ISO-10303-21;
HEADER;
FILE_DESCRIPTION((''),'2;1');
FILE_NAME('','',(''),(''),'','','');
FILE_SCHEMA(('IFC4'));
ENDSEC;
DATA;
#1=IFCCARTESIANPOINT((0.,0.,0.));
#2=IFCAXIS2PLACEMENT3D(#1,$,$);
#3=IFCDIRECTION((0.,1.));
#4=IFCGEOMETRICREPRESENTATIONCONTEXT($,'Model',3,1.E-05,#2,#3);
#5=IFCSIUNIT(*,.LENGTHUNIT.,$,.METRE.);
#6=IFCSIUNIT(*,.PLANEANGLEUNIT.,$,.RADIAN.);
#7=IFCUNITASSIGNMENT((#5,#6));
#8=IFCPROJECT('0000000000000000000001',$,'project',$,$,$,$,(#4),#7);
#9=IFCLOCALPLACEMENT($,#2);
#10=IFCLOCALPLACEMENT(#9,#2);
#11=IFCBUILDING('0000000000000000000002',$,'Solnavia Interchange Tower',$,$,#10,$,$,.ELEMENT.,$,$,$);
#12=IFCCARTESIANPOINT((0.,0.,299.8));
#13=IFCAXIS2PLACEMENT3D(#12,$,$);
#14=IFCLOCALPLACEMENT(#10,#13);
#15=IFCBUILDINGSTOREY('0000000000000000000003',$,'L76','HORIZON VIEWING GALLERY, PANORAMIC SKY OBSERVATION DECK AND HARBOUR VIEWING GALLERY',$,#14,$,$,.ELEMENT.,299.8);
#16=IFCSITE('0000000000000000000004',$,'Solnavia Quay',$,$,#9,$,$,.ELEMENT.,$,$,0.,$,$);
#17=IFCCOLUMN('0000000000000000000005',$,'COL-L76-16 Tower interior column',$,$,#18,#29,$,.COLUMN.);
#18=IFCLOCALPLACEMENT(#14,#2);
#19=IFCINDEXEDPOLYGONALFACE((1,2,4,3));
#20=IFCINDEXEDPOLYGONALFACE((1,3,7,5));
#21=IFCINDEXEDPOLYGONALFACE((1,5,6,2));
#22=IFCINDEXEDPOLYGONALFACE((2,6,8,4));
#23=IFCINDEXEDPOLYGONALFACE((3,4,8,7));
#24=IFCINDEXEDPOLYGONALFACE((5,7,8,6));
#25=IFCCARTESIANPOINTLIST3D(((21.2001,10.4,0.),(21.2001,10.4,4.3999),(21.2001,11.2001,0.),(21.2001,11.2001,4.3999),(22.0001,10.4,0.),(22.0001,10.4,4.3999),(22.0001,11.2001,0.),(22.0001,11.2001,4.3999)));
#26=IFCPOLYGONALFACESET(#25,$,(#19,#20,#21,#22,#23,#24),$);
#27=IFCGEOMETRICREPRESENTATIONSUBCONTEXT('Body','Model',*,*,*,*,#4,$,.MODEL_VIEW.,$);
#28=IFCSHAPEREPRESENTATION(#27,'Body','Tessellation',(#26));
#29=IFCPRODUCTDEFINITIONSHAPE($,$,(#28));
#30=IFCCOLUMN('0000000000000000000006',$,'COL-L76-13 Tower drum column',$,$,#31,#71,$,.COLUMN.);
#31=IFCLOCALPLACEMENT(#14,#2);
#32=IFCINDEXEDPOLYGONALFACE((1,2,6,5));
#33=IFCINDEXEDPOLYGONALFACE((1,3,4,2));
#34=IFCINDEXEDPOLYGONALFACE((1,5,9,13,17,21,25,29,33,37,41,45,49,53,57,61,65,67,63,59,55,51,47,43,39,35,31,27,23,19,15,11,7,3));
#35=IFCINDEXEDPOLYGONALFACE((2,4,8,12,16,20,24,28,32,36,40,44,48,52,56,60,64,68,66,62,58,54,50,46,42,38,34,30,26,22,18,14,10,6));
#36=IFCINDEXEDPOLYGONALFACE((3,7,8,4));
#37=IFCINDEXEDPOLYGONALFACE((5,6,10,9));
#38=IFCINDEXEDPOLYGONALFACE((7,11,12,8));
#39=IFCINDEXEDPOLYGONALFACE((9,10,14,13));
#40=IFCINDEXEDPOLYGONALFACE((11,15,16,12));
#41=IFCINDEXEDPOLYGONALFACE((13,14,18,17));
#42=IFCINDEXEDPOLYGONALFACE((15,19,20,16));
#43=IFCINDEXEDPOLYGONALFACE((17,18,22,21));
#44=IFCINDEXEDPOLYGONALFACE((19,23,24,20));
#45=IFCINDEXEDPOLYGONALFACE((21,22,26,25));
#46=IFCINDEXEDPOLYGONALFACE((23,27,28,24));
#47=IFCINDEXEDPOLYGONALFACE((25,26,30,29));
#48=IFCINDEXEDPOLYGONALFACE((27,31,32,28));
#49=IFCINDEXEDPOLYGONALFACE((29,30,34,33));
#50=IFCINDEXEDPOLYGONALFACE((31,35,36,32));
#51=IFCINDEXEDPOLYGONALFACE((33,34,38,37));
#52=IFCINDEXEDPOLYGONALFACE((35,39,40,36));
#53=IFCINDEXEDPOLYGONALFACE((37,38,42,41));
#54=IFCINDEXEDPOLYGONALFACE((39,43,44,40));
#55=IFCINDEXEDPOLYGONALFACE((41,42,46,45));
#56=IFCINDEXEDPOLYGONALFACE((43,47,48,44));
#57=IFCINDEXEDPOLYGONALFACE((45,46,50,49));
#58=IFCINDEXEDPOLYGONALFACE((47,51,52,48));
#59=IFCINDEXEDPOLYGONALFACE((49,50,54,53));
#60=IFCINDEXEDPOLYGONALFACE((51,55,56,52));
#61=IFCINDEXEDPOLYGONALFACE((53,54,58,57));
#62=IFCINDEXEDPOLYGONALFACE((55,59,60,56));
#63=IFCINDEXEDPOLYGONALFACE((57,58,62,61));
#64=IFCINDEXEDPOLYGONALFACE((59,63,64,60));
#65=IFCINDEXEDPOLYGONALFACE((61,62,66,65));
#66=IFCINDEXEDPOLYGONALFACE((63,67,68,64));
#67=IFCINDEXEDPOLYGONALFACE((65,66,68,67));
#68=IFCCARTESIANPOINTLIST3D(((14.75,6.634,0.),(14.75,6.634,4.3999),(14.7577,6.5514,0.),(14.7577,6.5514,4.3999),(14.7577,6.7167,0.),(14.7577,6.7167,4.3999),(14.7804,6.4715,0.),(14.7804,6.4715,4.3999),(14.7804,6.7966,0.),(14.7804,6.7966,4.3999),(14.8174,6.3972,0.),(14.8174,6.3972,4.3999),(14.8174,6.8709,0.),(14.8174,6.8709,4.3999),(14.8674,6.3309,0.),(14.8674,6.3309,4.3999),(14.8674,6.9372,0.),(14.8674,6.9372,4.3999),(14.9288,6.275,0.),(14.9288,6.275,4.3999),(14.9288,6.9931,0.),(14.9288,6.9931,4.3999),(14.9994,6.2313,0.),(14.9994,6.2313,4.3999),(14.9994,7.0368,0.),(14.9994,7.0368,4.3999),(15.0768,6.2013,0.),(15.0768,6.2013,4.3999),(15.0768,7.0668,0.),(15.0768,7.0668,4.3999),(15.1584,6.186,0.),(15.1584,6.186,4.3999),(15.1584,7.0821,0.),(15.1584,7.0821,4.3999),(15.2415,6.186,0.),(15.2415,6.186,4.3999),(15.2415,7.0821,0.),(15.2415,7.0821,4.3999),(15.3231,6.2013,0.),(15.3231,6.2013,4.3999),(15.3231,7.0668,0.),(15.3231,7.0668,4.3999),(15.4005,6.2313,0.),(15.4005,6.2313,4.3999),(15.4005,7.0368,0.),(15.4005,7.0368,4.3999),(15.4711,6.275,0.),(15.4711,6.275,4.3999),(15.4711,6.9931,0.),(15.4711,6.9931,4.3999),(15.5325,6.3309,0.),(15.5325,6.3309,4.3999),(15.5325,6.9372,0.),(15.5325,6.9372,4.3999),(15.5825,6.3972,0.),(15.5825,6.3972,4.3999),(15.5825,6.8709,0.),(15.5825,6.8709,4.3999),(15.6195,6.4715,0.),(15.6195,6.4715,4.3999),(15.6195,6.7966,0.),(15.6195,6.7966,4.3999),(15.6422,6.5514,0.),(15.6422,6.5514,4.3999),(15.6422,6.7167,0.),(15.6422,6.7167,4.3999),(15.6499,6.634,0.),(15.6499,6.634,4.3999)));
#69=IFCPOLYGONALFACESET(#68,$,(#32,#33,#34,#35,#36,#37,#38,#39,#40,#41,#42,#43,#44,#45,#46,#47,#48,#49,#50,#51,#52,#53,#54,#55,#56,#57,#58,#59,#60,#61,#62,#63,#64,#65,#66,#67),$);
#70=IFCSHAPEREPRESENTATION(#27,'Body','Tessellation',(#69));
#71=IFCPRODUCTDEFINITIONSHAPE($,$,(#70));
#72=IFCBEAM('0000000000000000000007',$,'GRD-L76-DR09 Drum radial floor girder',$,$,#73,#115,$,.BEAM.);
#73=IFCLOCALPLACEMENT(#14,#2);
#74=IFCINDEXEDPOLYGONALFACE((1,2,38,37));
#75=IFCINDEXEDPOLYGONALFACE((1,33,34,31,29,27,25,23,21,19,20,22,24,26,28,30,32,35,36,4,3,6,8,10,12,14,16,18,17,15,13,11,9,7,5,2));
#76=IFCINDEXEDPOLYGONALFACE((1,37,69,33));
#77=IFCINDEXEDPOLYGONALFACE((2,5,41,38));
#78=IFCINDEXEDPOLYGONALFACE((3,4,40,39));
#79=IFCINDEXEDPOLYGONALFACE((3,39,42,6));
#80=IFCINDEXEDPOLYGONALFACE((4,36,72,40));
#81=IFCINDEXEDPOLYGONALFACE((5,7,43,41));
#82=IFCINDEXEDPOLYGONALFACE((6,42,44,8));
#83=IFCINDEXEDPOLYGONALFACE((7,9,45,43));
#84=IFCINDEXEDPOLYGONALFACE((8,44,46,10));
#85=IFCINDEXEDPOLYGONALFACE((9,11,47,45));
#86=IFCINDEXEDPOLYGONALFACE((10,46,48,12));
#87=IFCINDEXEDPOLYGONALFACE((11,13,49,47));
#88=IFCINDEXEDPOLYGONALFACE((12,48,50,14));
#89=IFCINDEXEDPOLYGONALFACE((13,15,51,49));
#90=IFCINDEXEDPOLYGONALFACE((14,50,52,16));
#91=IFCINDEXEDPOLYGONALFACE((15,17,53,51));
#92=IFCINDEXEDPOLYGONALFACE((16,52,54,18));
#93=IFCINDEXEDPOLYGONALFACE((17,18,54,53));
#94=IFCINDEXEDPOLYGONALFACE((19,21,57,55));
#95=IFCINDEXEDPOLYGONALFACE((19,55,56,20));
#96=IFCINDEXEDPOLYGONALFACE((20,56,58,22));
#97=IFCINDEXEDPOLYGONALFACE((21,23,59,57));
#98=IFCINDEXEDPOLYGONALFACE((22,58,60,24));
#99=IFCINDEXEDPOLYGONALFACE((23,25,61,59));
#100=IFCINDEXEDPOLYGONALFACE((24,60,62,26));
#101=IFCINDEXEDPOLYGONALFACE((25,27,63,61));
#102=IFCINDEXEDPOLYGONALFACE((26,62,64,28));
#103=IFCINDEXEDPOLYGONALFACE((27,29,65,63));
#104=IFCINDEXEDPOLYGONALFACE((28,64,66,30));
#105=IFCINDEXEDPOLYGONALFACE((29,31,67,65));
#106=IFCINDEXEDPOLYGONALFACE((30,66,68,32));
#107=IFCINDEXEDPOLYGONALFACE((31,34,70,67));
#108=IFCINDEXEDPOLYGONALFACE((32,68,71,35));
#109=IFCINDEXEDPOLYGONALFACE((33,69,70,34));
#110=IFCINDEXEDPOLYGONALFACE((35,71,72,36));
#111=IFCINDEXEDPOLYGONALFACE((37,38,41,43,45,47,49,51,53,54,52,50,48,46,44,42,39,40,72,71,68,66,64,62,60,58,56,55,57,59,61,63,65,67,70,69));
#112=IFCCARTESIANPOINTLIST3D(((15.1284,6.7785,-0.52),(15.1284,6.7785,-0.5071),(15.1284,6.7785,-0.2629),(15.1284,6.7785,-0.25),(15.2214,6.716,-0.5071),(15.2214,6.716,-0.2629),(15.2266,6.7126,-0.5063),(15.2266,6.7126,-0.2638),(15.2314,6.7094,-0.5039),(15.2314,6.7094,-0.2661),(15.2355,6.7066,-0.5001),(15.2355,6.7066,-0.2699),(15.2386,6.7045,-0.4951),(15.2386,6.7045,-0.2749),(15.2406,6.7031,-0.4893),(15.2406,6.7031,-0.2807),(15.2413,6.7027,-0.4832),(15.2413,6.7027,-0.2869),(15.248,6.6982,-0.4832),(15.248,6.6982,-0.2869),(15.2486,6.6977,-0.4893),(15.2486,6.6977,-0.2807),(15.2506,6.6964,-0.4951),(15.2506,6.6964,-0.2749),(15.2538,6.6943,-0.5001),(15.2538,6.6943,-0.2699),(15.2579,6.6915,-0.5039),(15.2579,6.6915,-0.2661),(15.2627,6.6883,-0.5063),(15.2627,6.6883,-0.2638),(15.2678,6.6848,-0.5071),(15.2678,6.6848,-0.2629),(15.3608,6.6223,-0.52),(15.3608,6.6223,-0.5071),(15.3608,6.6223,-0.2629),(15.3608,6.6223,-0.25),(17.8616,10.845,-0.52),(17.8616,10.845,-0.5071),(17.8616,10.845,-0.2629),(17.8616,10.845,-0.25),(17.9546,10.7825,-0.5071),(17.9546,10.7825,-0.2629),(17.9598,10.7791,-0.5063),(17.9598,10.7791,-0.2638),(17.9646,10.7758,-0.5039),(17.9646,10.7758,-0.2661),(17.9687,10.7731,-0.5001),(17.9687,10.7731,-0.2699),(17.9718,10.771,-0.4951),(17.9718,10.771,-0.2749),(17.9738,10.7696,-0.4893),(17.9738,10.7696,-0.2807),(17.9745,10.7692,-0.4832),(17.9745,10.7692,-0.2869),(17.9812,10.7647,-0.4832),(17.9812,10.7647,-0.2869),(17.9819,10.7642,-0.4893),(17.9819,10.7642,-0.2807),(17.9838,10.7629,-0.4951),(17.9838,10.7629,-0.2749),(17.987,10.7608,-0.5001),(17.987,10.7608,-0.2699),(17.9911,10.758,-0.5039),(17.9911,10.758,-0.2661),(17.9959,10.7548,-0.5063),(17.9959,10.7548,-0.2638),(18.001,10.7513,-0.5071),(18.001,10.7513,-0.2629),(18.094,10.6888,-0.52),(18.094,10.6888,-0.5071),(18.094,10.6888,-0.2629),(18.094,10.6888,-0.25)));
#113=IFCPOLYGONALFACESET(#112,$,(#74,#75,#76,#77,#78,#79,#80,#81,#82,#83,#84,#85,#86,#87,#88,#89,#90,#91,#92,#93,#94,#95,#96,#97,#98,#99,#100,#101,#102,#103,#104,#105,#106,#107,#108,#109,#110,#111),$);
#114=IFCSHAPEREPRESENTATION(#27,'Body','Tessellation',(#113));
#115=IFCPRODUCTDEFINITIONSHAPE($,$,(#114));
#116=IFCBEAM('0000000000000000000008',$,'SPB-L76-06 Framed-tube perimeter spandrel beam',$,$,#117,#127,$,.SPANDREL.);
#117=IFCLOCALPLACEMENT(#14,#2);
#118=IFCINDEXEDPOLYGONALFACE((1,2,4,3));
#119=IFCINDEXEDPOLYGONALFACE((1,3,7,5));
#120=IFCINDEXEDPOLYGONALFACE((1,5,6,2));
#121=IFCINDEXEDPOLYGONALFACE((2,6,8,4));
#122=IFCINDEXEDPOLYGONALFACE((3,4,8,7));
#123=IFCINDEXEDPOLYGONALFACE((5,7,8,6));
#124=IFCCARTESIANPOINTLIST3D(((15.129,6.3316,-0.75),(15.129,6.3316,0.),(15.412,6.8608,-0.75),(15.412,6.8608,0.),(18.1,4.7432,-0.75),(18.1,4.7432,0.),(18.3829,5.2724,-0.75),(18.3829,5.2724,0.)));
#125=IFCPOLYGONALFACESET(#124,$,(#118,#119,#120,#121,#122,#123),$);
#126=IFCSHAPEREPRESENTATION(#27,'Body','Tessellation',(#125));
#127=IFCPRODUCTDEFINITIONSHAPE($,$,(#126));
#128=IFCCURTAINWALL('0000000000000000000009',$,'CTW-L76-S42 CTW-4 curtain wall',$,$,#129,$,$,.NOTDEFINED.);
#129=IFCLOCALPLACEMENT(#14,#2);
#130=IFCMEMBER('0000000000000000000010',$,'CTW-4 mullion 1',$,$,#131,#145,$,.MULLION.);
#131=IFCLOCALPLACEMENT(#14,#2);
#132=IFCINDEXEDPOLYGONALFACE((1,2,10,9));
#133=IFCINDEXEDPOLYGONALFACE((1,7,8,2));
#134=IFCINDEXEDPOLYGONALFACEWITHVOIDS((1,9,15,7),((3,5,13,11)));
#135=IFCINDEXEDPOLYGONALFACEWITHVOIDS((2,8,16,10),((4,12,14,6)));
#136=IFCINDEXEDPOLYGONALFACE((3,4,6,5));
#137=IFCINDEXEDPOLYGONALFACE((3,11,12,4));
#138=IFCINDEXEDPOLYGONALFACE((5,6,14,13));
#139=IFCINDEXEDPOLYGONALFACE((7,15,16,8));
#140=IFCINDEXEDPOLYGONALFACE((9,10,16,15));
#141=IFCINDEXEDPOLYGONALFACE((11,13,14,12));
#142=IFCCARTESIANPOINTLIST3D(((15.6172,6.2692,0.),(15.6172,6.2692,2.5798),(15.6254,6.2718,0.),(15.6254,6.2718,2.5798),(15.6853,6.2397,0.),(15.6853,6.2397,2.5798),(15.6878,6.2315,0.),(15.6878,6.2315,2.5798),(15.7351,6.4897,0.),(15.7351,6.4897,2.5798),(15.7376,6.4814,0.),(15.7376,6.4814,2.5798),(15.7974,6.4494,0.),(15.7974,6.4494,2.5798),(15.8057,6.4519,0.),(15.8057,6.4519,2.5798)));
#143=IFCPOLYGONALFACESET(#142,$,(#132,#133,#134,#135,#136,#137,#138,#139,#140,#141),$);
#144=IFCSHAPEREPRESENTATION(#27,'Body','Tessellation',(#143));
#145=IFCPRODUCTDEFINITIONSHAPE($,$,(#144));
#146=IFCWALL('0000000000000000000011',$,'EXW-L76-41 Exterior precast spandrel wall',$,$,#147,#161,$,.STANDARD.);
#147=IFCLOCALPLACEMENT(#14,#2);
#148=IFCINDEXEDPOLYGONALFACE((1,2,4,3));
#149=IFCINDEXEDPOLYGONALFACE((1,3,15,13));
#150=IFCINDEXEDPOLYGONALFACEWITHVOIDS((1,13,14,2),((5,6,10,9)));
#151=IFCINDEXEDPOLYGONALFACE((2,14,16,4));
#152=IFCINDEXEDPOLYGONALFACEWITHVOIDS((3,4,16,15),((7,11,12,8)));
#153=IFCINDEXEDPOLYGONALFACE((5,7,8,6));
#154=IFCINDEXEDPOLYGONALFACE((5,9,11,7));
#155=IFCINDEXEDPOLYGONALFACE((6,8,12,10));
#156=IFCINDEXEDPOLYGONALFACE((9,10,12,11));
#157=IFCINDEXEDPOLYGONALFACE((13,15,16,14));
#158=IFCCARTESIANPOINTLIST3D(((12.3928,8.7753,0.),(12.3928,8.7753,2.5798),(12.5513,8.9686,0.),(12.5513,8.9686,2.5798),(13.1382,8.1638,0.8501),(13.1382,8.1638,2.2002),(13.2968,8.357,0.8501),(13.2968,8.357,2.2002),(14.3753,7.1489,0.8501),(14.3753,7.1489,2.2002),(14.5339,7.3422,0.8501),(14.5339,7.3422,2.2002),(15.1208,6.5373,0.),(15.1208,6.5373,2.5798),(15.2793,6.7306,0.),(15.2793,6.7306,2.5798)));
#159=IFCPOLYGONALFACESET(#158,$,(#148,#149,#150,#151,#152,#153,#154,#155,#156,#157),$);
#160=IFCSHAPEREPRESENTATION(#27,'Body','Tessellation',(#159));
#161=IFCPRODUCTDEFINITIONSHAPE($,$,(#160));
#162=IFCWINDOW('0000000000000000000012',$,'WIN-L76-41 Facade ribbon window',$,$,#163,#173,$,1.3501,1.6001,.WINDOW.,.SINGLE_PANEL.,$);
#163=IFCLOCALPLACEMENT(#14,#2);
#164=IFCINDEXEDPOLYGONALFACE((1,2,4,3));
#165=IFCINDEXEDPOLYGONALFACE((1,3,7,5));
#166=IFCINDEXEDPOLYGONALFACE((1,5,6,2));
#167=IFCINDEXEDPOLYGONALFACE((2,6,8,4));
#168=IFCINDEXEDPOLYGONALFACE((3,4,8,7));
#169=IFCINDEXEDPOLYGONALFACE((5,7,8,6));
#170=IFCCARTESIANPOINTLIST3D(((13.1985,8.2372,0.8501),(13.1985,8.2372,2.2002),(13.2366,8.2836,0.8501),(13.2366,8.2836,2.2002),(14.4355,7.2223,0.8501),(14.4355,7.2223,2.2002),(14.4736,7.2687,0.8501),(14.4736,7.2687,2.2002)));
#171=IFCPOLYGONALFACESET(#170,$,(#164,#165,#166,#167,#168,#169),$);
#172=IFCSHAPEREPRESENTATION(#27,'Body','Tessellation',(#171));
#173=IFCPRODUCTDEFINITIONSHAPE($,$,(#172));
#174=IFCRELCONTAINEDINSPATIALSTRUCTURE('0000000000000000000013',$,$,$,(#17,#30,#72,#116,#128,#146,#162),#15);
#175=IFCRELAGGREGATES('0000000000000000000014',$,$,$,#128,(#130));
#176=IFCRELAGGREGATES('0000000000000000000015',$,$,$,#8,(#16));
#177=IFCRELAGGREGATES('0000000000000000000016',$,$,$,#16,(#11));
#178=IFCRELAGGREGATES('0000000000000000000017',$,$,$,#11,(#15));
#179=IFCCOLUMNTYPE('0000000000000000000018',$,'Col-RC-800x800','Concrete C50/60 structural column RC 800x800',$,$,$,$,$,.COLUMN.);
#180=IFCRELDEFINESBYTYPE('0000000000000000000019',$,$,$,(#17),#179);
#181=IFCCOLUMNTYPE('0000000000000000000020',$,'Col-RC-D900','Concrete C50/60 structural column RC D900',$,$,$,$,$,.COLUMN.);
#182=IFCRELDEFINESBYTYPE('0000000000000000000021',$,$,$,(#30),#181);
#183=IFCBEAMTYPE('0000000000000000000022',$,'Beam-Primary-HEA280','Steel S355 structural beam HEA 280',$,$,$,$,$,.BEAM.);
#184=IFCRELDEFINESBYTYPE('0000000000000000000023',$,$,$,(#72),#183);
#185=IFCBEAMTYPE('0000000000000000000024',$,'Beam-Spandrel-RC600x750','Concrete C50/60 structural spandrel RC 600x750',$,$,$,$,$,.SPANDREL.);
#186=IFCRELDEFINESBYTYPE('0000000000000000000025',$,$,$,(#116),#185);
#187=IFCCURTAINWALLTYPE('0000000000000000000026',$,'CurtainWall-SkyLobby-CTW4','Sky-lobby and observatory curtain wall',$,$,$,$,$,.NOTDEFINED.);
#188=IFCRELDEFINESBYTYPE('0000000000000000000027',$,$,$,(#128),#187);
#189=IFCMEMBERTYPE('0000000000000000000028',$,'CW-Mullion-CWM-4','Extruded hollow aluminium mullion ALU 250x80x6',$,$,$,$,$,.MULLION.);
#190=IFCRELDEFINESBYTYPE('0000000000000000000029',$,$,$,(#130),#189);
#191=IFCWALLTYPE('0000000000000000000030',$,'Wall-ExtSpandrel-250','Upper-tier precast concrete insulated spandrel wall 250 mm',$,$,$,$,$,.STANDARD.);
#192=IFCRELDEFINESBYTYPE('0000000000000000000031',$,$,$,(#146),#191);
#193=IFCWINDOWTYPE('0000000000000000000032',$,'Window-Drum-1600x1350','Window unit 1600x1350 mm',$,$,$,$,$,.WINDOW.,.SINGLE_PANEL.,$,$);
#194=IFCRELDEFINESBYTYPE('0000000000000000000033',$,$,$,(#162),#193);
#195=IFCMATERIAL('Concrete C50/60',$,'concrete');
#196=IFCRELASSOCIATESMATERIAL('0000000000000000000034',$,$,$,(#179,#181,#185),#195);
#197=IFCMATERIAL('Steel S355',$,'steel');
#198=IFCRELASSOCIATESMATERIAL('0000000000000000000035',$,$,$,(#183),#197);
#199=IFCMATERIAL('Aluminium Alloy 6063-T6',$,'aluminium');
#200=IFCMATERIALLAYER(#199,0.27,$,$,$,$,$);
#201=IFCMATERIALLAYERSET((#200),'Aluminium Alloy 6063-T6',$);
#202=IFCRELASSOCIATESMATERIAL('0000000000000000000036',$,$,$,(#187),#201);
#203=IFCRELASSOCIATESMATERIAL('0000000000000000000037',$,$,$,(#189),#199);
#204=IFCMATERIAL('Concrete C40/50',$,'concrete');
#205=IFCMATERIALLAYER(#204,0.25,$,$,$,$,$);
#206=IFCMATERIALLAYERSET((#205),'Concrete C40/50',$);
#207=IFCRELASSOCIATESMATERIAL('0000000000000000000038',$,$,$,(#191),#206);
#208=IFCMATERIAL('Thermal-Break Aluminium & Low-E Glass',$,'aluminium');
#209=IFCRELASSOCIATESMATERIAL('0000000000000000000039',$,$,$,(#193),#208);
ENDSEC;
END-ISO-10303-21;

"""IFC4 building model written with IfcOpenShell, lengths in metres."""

from ifc_helpers import new_model, si_unit, direction, frame, frame_2d, origin, origin_2d, place, context, subcontext, project, spatial, rectangle, hollow_rectangle, circle, i_section, extrude, material, layer, layer_set, material_profile, profile_set, type_object, element, fill, aggregate, save


model = new_model("IFC4")

# Units and contexts
model_context = context("Model", 3, precision=1e-05, world=origin(), true_north=direction((0.0, 1.0)))
body_context = subcontext(model_context, "Body", "Model", "MODEL_VIEW")
ifc_project = project(units=[si_unit("LENGTHUNIT", "METRE"), si_unit("PLANEANGLEUNIT", "RADIAN")], contexts=[model_context])

# Site, building, storey
site_placement = place(None, origin())
site = spatial("IfcSite", under=ifc_project, at=site_placement, Name="Solnavia Quay", CompositionType="ELEMENT", RefElevation=0.0)
building_placement = place(site_placement, origin())
building = spatial("IfcBuilding", under=site, at=building_placement, Name="Solnavia Interchange Tower", CompositionType="ELEMENT")
storey_placement = place(building_placement, frame((0.0, 0.0, 299.8)))
storey = spatial("IfcBuildingStorey", under=building, at=storey_placement, Name="L76", Description="HORIZON VIEWING GALLERY, PANORAMIC SKY OBSERVATION DECK AND HARBOUR VIEWING GALLERY", CompositionType="ELEMENT", Elevation=299.8)

# Columns
ifc_material_1 = material(Name="Concrete C50/60", Category="concrete")
ifc_material_profile_1 = material_profile(ifc_material_1, rectangle(XDim=0.8, YDim=0.8, at=origin_2d()), Name="RC 800x800")
ifc_profile_set_1 = profile_set([ifc_material_profile_1], Name="Concrete C50/60")
column_type_1 = type_object("IfcColumnType", Name="Col-RC-800x800", Description="Concrete C50/60 structural column RC 800x800", PredefinedType="COLUMN", material=ifc_profile_set_1)
column_1_placement = place(storey_placement, frame((21.6001, 10.8, 0.0), z_axis=(0.0, 0.0, 1.0), x_axis=(1.0, 0.0, 0.0)))
element("IfcColumn", 1, at=column_1_placement, inside=storey, type_object=column_type_1, Name="COL-L76-16 Tower interior column", PredefinedType="COLUMN", context=body_context, shape_type="SweptSolid", body=[
    extrude(rectangle(XDim=0.8, YDim=0.8, at=origin_2d()), origin(), (0.0, 0.0, 1.0), 4.3999),
])
ifc_material_profile_2 = material_profile(ifc_material_1, circle(Radius=0.45, at=origin_2d()), Name="RC D900")
ifc_profile_set_2 = profile_set([ifc_material_profile_2], Name="Concrete C50/60")
column_type_2 = type_object("IfcColumnType", Name="Col-RC-D900", Description="Concrete C50/60 structural column RC D900", PredefinedType="COLUMN", material=ifc_profile_set_2)
column_2_placement = place(storey_placement, frame((15.2, 6.634, 0.0), z_axis=(0.0, 0.0, 1.0), x_axis=(1.0, 0.0, 0.0)))
element("IfcColumn", 2, at=column_2_placement, inside=storey, type_object=column_type_2, Name="COL-L76-13 Tower drum column", PredefinedType="COLUMN", context=body_context, shape_type="SweptSolid", body=[
    extrude(circle(Radius=0.45, at=origin_2d()), origin(), (0.0, 0.0, 1.0), 4.3999),
])

# Beams
ifc_material_2 = material(Name="Steel S355", Category="steel")
ifc_material_profile_3 = material_profile(ifc_material_2, i_section(OverallWidth=0.28, OverallDepth=0.27, WebThickness=0.0081, FlangeThickness=0.0129, FilletRadius=0.0239, at=origin_2d()), Name="HEA 280")
ifc_profile_set_3 = profile_set([ifc_material_profile_3], Name="Steel S355")
beam_type_1 = type_object("IfcBeamType", Name="Beam-Primary-HEA280", Description="Steel S355 structural beam HEA 280", PredefinedType="BEAM", material=ifc_profile_set_3)
beam_1_placement = place(storey_placement, frame((15.2446, 6.7004, -0.385), z_axis=(0.557835, 0.829952, 0.0), x_axis=(-0.829952, 0.557835, 0.0)))
element("IfcBeam", 3, at=beam_1_placement, inside=storey, type_object=beam_type_1, Name="GRD-L76-DR09 Drum radial floor girder", PredefinedType="BEAM", context=body_context, shape_type="SweptSolid", body=[
    extrude(i_section(OverallWidth=0.28, OverallDepth=0.27, WebThickness=0.0081, FlangeThickness=0.0129, FilletRadius=0.0239, at=origin_2d()), origin(), (0.0, 0.0, 1.0), 4.8997),
])
ifc_material_profile_4 = material_profile(ifc_material_1, rectangle(XDim=0.6001, YDim=0.75, at=origin_2d()), Name="RC 600x750")
ifc_profile_set_4 = profile_set([ifc_material_profile_4], Name="Concrete C50/60")
beam_type_2 = type_object("IfcBeamType", Name="Beam-Spandrel-RC600x750", Description="Concrete C50/60 structural spandrel RC 600x750", PredefinedType="SPANDREL", material=ifc_profile_set_4)
beam_2_placement = place(storey_placement, frame((15.2705, 6.5962, -0.375), z_axis=(0.881875, -0.471483, 0.0), x_axis=(0.471483, 0.881875, 0.0)))
element("IfcBeam", 4, at=beam_2_placement, inside=storey, type_object=beam_type_2, Name="SPB-L76-06 Framed-tube perimeter spandrel beam", PredefinedType="SPANDREL", context=body_context, shape_type="SweptSolid", body=[
    extrude(rectangle(XDim=0.6001, YDim=0.75, at=origin_2d()), origin(), (0.0, 0.0, 1.0), 3.3689),
])

# Curtain wall, member
ifc_material_3 = material(Name="Aluminium Alloy 6063-T6", Category="aluminium")
ifc_layer_1 = layer(ifc_material_3, 0.27)
ifc_layer_set_1 = layer_set([ifc_layer_1], Name="Aluminium Alloy 6063-T6")
curtain_wall_type = type_object("IfcCurtainWallType", Name="CurtainWall-SkyLobby-CTW4", Description="Sky-lobby and observatory curtain wall", PredefinedType="NOTDEFINED", material=ifc_layer_set_1)
curtain_wall_placement = place(storey_placement, origin())
curtain_wall = element("IfcCurtainWall", 5, at=curtain_wall_placement, inside=storey, type_object=curtain_wall_type, Name="CTW-L76-S42 CTW-4 curtain wall", PredefinedType="NOTDEFINED")
ifc_material_profile_5 = material_profile(ifc_material_3, hollow_rectangle(XDim=0.0801, YDim=0.25, WallThickness=0.0061, at=origin_2d()), Name="ALU 250x80x6")
ifc_profile_set_5 = profile_set([ifc_material_profile_5], Name="Aluminium Alloy 6063-T6")
member_type = type_object("IfcMemberType", Name="CW-Mullion-CWM-4", Description="Extruded hollow aluminium mullion ALU 250x80x6", PredefinedType="MULLION", material=ifc_profile_set_5)
member_placement = place(storey_placement, frame((15.7114, 6.3606, 0.0), z_axis=(0.0, 0.0, 1.0), x_axis=(0.881842, -0.471546, 0.0)))
member = element("IfcMember", 6, at=member_placement, type_object=member_type, Name="CTW-4 mullion 1", PredefinedType="MULLION", context=body_context, shape_type="SweptSolid", body=[
    extrude(hollow_rectangle(XDim=0.0801, YDim=0.25, WallThickness=0.0061, at=origin_2d()), origin(), (0.0, 0.0, 1.0), 2.5798),
])
aggregate(curtain_wall, [member])

# Wall, opening, window
ifc_material_4 = material(Name="Concrete C40/50", Category="concrete")
ifc_layer_2 = layer(ifc_material_4, 0.25)
ifc_layer_set_2 = layer_set([ifc_layer_2], Name="Concrete C40/50")
wall_type_1 = type_object("IfcWallType", Name="Wall-ExtSpandrel-250", Description="Upper-tier precast concrete insulated spandrel wall 250 mm", PredefinedType="STANDARD", material=ifc_layer_set_2)
wall_1_placement = place(storey_placement, frame((15.2, 6.634, 0.0), z_axis=(0.0, 0.0, 1.0), x_axis=(-0.773121, 0.634258, 0.0)))
wall_1 = element("IfcWall", 7, at=wall_1_placement, inside=storey, type_object=wall_type_1, Name="EXW-L76-41 Exterior precast spandrel wall", PredefinedType="STANDARD", context=body_context, shape_type="SweptSolid", body=[
    extrude(rectangle(XDim=3.5286, YDim=0.25, at=frame_2d((1.7642, 0.0))), origin(), (0.0, 0.0, 1.0), 2.5798),
])
opening_1_placement = place(wall_1_placement, frame((0.9641, 0.0, 0.8501)))
opening_1 = element("IfcOpeningElement", 8, at=opening_1_placement, cuts=wall_1, PredefinedType="OPENING", context=body_context, shape_type="SweptSolid", body=[
    extrude(rectangle(XDim=1.6001, YDim=1.3501, at=frame_2d((0.8, 0.675))), frame((0.0, 0.135, 0.0), z_axis=(0.0, -1.0, 0.0), x_axis=(1.0, 0.0, 0.0)), (0.0, 0.0, 1.0), 0.27),
])
ifc_material_5 = material(Name="Thermal-Break Aluminium & Low-E Glass", Category="aluminium")
window_type = type_object("IfcWindowType", Name="Window-Drum-1600x1350", Description="Window unit 1600x1350 mm", PartitioningType="SINGLE_PANEL", PredefinedType="WINDOW", material=ifc_material_5)
window_placement = place(opening_1_placement, origin())
window = element("IfcWindow", 9, at=window_placement, inside=storey, type_object=window_type, Name="WIN-L76-41 Facade ribbon window", OverallHeight=1.3501, OverallWidth=1.6001, PartitioningType="SINGLE_PANEL", PredefinedType="WINDOW", context=body_context, shape_type="SweptSolid", body=[
    extrude(rectangle(XDim=1.6001, YDim=1.3501, at=frame_2d((0.8, 0.675))), frame((0.0, 0.03, 0.0), z_axis=(0.0, -1.0, 0.0), x_axis=(1.0, 0.0, 0.0)), (0.0, 0.0, 1.0), 0.0601),
])
fill(opening_1, window)

save(model, "model.ifc")
